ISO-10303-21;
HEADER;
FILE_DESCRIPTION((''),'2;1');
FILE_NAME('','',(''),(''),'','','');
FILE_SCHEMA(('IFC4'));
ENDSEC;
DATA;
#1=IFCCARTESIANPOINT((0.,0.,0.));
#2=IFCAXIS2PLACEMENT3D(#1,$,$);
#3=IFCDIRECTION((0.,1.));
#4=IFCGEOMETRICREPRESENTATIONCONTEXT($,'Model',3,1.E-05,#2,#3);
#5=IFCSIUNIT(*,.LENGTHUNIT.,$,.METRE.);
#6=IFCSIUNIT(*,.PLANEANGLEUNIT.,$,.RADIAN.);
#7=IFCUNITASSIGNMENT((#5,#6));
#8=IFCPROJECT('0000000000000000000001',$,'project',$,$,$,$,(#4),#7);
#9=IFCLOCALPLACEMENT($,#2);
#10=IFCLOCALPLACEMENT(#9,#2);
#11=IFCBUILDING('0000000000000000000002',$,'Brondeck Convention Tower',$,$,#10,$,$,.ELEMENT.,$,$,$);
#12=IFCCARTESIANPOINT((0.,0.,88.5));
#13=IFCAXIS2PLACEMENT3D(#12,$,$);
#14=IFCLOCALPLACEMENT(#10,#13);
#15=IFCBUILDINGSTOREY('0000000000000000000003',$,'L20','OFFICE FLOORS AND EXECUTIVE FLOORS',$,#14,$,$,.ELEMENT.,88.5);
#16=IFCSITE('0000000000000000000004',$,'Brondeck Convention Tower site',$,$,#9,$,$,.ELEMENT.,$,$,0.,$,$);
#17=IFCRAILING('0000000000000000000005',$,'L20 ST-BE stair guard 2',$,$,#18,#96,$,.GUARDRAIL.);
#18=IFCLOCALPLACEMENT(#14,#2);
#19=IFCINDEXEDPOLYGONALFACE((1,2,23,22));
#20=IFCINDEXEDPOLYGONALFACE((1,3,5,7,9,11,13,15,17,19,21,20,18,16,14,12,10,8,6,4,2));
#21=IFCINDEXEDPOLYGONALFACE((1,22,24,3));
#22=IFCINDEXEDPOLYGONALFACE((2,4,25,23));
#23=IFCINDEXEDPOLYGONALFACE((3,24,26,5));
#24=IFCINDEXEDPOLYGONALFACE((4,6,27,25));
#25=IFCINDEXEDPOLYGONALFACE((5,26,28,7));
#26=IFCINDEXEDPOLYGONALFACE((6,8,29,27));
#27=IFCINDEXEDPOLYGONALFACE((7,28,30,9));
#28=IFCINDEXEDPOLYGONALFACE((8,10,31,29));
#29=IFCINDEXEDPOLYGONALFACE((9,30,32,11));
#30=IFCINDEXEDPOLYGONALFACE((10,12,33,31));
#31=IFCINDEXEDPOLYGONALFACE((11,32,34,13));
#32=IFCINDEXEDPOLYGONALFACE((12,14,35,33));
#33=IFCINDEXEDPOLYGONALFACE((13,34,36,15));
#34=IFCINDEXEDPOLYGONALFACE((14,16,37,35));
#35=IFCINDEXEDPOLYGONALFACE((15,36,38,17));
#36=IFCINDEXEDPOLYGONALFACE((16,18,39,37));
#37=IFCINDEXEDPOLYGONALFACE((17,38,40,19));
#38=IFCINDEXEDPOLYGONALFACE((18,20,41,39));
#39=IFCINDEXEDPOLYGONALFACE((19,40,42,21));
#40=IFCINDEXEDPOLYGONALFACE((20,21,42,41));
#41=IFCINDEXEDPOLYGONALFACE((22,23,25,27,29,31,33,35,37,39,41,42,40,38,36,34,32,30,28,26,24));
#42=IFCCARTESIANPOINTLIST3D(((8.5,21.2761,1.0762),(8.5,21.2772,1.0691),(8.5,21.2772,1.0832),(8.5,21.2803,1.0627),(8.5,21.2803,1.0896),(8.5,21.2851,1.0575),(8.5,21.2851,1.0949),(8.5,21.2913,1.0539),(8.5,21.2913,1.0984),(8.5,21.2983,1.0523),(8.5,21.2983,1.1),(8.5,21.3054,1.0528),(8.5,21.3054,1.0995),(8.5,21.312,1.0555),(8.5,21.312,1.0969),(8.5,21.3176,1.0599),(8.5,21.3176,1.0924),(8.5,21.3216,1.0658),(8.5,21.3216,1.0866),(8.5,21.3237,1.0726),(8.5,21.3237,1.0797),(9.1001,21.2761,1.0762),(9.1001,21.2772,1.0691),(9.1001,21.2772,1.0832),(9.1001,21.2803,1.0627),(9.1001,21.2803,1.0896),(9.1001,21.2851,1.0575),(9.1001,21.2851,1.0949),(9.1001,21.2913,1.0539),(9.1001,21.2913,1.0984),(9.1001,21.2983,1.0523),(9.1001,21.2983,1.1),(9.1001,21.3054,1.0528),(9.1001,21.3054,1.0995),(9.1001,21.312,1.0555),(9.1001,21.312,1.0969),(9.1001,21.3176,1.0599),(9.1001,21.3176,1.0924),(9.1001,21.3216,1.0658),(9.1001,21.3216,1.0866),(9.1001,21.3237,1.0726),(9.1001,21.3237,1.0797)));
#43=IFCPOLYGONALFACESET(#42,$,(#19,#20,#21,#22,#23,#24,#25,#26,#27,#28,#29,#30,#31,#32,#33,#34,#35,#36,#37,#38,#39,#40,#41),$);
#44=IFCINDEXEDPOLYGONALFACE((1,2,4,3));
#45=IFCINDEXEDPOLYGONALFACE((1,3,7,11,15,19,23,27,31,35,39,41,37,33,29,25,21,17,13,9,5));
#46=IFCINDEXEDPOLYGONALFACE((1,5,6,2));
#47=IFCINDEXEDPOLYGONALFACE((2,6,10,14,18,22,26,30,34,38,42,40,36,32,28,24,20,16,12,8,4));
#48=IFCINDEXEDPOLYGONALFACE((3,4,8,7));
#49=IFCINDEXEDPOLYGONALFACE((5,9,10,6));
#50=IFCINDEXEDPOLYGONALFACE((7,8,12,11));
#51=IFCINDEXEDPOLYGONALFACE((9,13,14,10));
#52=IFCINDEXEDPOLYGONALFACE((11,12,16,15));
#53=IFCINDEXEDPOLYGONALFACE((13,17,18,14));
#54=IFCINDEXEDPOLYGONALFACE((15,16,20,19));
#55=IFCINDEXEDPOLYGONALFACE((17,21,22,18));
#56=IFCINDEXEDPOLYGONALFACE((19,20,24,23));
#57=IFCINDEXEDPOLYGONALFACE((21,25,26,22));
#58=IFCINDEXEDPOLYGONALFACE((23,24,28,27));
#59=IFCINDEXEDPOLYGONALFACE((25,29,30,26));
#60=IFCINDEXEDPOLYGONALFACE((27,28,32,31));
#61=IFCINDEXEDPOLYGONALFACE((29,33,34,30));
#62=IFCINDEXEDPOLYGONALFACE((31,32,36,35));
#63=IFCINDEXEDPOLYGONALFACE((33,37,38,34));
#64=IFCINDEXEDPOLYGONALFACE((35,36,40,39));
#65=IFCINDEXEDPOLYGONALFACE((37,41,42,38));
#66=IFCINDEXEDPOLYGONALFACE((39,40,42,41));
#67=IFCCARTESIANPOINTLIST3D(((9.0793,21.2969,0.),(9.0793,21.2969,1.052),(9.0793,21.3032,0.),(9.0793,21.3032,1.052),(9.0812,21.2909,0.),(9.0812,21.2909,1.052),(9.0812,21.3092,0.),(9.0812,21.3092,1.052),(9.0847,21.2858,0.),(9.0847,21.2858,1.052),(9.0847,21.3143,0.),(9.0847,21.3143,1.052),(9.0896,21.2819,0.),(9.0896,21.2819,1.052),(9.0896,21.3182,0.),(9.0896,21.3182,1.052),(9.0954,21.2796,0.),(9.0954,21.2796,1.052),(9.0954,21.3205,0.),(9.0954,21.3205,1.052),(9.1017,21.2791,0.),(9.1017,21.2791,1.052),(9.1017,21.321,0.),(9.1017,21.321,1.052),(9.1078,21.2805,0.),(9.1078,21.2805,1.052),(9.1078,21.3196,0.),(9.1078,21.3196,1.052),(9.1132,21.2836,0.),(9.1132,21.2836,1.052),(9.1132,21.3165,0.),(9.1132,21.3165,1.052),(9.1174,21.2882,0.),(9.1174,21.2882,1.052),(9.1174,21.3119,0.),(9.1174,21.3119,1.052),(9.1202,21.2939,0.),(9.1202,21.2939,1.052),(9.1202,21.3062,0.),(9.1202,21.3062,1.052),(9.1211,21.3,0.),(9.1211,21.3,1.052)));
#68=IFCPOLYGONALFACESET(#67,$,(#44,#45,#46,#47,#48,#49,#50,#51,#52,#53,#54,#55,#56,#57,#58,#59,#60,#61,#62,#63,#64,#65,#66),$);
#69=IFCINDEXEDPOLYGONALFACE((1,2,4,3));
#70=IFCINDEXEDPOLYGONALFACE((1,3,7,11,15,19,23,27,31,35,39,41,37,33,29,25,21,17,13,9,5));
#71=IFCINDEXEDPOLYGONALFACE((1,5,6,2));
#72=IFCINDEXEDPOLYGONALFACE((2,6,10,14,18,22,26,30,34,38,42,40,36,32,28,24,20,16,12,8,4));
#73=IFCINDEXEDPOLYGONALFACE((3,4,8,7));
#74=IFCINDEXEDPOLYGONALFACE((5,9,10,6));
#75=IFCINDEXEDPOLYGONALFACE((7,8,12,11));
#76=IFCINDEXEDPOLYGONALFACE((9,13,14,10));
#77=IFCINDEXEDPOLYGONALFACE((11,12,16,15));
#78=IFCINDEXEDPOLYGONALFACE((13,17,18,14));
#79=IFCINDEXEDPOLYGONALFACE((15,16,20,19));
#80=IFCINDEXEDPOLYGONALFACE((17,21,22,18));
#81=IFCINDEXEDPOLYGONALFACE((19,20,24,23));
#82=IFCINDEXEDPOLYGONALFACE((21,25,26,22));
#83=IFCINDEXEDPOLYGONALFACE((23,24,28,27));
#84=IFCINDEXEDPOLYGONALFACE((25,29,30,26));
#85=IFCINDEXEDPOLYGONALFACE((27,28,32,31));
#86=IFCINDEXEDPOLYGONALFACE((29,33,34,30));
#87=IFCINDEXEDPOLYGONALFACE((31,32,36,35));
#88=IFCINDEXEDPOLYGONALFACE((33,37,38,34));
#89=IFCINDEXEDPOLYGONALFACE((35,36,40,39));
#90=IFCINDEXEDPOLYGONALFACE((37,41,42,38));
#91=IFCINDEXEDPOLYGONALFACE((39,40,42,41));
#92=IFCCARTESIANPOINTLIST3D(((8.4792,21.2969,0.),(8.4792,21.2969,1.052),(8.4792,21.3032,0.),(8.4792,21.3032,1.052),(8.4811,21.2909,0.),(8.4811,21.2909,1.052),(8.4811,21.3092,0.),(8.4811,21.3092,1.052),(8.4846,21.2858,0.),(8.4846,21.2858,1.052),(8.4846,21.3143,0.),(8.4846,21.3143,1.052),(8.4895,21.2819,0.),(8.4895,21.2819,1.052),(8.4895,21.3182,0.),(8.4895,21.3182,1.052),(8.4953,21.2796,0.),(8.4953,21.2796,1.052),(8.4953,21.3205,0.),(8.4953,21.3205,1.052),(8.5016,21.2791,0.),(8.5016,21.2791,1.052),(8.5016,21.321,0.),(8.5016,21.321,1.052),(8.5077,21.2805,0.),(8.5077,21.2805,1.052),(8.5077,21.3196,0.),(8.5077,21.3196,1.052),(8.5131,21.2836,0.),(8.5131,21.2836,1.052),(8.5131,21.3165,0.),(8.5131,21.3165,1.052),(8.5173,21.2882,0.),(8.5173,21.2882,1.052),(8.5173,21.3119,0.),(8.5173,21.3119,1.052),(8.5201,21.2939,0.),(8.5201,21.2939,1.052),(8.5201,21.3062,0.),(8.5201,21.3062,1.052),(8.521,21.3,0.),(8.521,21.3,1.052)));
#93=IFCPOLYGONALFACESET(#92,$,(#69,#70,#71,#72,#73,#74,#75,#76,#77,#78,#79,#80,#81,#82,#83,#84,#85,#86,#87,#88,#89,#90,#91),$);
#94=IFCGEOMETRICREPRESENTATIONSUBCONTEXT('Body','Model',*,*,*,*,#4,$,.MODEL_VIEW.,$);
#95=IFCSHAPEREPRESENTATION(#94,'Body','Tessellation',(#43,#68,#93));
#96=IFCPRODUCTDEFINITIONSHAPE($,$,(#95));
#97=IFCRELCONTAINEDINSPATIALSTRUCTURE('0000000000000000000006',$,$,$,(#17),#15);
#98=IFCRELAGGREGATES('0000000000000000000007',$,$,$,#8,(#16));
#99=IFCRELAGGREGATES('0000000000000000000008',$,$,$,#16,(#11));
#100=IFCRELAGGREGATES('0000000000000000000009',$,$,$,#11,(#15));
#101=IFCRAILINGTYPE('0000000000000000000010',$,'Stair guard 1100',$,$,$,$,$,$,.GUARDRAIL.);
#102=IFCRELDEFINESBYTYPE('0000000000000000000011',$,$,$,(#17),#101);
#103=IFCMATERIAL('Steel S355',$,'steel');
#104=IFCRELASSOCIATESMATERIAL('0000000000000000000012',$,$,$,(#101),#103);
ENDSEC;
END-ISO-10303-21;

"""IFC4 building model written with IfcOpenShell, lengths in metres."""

from ifc_helpers import new_model, si_unit, direction, frame, origin, origin_2d, place, context, subcontext, project, spatial, circle, extrude, material, type_object, element, save


model = new_model("IFC4")

# Units and contexts
model_context = context("Model", 3, precision=1e-05, world=origin(), true_north=direction((0.0, 1.0)))
body_context = subcontext(model_context, "Body", "Model", "MODEL_VIEW")
ifc_project = project(units=[si_unit("LENGTHUNIT", "METRE"), si_unit("PLANEANGLEUNIT", "RADIAN")], contexts=[model_context])

# Site, building, storey
site_placement = place(None, origin())
site = spatial("IfcSite", under=ifc_project, at=site_placement, Name="Brondeck Convention Tower site", CompositionType="ELEMENT", RefElevation=0.0)
building_placement = place(site_placement, origin())
building = spatial("IfcBuilding", under=site, at=building_placement, Name="Brondeck Convention Tower", CompositionType="ELEMENT")
storey_placement = place(building_placement, frame((0.0, 0.0, 88.5)))
storey = spatial("IfcBuildingStorey", under=building, at=storey_placement, Name="L20", Description="OFFICE FLOORS AND EXECUTIVE FLOORS", CompositionType="ELEMENT", Elevation=88.5)

# Shared definitions
ifc_material_1 = material(Name="Steel S355", Category="steel")

# Railing
railing_type_1 = type_object("IfcRailingType", Name="Stair guard 1100", PredefinedType="GUARDRAIL", material=ifc_material_1)
railing_1_placement = place(storey_placement, frame((9.1001, 21.3, 0.0)))
element("IfcRailing", 1, at=railing_1_placement, inside=storey, type_object=railing_type_1, Name="L20 ST-BE stair guard 2", PredefinedType="GUARDRAIL", context=body_context, shape_type="SweptSolid", body=[
    extrude(circle(Radius=0.0239, at=origin_2d()), frame((0.0, 0.0, 1.0762), z_axis=(-1.0, 0.0, 0.0), x_axis=(0.0, -1.0, 0.0)), (0.0, 0.0, 1.0), 0.6001),
    extrude(circle(Radius=0.021, at=origin_2d()), origin(), (0.0, 0.0, 1.0), 1.052),
    extrude(circle(Radius=0.021, at=origin_2d()), frame((-0.6001, 0.0, 0.0)), (0.0, 0.0, 1.0), 1.052),
])

save(model, "model.ifc")
